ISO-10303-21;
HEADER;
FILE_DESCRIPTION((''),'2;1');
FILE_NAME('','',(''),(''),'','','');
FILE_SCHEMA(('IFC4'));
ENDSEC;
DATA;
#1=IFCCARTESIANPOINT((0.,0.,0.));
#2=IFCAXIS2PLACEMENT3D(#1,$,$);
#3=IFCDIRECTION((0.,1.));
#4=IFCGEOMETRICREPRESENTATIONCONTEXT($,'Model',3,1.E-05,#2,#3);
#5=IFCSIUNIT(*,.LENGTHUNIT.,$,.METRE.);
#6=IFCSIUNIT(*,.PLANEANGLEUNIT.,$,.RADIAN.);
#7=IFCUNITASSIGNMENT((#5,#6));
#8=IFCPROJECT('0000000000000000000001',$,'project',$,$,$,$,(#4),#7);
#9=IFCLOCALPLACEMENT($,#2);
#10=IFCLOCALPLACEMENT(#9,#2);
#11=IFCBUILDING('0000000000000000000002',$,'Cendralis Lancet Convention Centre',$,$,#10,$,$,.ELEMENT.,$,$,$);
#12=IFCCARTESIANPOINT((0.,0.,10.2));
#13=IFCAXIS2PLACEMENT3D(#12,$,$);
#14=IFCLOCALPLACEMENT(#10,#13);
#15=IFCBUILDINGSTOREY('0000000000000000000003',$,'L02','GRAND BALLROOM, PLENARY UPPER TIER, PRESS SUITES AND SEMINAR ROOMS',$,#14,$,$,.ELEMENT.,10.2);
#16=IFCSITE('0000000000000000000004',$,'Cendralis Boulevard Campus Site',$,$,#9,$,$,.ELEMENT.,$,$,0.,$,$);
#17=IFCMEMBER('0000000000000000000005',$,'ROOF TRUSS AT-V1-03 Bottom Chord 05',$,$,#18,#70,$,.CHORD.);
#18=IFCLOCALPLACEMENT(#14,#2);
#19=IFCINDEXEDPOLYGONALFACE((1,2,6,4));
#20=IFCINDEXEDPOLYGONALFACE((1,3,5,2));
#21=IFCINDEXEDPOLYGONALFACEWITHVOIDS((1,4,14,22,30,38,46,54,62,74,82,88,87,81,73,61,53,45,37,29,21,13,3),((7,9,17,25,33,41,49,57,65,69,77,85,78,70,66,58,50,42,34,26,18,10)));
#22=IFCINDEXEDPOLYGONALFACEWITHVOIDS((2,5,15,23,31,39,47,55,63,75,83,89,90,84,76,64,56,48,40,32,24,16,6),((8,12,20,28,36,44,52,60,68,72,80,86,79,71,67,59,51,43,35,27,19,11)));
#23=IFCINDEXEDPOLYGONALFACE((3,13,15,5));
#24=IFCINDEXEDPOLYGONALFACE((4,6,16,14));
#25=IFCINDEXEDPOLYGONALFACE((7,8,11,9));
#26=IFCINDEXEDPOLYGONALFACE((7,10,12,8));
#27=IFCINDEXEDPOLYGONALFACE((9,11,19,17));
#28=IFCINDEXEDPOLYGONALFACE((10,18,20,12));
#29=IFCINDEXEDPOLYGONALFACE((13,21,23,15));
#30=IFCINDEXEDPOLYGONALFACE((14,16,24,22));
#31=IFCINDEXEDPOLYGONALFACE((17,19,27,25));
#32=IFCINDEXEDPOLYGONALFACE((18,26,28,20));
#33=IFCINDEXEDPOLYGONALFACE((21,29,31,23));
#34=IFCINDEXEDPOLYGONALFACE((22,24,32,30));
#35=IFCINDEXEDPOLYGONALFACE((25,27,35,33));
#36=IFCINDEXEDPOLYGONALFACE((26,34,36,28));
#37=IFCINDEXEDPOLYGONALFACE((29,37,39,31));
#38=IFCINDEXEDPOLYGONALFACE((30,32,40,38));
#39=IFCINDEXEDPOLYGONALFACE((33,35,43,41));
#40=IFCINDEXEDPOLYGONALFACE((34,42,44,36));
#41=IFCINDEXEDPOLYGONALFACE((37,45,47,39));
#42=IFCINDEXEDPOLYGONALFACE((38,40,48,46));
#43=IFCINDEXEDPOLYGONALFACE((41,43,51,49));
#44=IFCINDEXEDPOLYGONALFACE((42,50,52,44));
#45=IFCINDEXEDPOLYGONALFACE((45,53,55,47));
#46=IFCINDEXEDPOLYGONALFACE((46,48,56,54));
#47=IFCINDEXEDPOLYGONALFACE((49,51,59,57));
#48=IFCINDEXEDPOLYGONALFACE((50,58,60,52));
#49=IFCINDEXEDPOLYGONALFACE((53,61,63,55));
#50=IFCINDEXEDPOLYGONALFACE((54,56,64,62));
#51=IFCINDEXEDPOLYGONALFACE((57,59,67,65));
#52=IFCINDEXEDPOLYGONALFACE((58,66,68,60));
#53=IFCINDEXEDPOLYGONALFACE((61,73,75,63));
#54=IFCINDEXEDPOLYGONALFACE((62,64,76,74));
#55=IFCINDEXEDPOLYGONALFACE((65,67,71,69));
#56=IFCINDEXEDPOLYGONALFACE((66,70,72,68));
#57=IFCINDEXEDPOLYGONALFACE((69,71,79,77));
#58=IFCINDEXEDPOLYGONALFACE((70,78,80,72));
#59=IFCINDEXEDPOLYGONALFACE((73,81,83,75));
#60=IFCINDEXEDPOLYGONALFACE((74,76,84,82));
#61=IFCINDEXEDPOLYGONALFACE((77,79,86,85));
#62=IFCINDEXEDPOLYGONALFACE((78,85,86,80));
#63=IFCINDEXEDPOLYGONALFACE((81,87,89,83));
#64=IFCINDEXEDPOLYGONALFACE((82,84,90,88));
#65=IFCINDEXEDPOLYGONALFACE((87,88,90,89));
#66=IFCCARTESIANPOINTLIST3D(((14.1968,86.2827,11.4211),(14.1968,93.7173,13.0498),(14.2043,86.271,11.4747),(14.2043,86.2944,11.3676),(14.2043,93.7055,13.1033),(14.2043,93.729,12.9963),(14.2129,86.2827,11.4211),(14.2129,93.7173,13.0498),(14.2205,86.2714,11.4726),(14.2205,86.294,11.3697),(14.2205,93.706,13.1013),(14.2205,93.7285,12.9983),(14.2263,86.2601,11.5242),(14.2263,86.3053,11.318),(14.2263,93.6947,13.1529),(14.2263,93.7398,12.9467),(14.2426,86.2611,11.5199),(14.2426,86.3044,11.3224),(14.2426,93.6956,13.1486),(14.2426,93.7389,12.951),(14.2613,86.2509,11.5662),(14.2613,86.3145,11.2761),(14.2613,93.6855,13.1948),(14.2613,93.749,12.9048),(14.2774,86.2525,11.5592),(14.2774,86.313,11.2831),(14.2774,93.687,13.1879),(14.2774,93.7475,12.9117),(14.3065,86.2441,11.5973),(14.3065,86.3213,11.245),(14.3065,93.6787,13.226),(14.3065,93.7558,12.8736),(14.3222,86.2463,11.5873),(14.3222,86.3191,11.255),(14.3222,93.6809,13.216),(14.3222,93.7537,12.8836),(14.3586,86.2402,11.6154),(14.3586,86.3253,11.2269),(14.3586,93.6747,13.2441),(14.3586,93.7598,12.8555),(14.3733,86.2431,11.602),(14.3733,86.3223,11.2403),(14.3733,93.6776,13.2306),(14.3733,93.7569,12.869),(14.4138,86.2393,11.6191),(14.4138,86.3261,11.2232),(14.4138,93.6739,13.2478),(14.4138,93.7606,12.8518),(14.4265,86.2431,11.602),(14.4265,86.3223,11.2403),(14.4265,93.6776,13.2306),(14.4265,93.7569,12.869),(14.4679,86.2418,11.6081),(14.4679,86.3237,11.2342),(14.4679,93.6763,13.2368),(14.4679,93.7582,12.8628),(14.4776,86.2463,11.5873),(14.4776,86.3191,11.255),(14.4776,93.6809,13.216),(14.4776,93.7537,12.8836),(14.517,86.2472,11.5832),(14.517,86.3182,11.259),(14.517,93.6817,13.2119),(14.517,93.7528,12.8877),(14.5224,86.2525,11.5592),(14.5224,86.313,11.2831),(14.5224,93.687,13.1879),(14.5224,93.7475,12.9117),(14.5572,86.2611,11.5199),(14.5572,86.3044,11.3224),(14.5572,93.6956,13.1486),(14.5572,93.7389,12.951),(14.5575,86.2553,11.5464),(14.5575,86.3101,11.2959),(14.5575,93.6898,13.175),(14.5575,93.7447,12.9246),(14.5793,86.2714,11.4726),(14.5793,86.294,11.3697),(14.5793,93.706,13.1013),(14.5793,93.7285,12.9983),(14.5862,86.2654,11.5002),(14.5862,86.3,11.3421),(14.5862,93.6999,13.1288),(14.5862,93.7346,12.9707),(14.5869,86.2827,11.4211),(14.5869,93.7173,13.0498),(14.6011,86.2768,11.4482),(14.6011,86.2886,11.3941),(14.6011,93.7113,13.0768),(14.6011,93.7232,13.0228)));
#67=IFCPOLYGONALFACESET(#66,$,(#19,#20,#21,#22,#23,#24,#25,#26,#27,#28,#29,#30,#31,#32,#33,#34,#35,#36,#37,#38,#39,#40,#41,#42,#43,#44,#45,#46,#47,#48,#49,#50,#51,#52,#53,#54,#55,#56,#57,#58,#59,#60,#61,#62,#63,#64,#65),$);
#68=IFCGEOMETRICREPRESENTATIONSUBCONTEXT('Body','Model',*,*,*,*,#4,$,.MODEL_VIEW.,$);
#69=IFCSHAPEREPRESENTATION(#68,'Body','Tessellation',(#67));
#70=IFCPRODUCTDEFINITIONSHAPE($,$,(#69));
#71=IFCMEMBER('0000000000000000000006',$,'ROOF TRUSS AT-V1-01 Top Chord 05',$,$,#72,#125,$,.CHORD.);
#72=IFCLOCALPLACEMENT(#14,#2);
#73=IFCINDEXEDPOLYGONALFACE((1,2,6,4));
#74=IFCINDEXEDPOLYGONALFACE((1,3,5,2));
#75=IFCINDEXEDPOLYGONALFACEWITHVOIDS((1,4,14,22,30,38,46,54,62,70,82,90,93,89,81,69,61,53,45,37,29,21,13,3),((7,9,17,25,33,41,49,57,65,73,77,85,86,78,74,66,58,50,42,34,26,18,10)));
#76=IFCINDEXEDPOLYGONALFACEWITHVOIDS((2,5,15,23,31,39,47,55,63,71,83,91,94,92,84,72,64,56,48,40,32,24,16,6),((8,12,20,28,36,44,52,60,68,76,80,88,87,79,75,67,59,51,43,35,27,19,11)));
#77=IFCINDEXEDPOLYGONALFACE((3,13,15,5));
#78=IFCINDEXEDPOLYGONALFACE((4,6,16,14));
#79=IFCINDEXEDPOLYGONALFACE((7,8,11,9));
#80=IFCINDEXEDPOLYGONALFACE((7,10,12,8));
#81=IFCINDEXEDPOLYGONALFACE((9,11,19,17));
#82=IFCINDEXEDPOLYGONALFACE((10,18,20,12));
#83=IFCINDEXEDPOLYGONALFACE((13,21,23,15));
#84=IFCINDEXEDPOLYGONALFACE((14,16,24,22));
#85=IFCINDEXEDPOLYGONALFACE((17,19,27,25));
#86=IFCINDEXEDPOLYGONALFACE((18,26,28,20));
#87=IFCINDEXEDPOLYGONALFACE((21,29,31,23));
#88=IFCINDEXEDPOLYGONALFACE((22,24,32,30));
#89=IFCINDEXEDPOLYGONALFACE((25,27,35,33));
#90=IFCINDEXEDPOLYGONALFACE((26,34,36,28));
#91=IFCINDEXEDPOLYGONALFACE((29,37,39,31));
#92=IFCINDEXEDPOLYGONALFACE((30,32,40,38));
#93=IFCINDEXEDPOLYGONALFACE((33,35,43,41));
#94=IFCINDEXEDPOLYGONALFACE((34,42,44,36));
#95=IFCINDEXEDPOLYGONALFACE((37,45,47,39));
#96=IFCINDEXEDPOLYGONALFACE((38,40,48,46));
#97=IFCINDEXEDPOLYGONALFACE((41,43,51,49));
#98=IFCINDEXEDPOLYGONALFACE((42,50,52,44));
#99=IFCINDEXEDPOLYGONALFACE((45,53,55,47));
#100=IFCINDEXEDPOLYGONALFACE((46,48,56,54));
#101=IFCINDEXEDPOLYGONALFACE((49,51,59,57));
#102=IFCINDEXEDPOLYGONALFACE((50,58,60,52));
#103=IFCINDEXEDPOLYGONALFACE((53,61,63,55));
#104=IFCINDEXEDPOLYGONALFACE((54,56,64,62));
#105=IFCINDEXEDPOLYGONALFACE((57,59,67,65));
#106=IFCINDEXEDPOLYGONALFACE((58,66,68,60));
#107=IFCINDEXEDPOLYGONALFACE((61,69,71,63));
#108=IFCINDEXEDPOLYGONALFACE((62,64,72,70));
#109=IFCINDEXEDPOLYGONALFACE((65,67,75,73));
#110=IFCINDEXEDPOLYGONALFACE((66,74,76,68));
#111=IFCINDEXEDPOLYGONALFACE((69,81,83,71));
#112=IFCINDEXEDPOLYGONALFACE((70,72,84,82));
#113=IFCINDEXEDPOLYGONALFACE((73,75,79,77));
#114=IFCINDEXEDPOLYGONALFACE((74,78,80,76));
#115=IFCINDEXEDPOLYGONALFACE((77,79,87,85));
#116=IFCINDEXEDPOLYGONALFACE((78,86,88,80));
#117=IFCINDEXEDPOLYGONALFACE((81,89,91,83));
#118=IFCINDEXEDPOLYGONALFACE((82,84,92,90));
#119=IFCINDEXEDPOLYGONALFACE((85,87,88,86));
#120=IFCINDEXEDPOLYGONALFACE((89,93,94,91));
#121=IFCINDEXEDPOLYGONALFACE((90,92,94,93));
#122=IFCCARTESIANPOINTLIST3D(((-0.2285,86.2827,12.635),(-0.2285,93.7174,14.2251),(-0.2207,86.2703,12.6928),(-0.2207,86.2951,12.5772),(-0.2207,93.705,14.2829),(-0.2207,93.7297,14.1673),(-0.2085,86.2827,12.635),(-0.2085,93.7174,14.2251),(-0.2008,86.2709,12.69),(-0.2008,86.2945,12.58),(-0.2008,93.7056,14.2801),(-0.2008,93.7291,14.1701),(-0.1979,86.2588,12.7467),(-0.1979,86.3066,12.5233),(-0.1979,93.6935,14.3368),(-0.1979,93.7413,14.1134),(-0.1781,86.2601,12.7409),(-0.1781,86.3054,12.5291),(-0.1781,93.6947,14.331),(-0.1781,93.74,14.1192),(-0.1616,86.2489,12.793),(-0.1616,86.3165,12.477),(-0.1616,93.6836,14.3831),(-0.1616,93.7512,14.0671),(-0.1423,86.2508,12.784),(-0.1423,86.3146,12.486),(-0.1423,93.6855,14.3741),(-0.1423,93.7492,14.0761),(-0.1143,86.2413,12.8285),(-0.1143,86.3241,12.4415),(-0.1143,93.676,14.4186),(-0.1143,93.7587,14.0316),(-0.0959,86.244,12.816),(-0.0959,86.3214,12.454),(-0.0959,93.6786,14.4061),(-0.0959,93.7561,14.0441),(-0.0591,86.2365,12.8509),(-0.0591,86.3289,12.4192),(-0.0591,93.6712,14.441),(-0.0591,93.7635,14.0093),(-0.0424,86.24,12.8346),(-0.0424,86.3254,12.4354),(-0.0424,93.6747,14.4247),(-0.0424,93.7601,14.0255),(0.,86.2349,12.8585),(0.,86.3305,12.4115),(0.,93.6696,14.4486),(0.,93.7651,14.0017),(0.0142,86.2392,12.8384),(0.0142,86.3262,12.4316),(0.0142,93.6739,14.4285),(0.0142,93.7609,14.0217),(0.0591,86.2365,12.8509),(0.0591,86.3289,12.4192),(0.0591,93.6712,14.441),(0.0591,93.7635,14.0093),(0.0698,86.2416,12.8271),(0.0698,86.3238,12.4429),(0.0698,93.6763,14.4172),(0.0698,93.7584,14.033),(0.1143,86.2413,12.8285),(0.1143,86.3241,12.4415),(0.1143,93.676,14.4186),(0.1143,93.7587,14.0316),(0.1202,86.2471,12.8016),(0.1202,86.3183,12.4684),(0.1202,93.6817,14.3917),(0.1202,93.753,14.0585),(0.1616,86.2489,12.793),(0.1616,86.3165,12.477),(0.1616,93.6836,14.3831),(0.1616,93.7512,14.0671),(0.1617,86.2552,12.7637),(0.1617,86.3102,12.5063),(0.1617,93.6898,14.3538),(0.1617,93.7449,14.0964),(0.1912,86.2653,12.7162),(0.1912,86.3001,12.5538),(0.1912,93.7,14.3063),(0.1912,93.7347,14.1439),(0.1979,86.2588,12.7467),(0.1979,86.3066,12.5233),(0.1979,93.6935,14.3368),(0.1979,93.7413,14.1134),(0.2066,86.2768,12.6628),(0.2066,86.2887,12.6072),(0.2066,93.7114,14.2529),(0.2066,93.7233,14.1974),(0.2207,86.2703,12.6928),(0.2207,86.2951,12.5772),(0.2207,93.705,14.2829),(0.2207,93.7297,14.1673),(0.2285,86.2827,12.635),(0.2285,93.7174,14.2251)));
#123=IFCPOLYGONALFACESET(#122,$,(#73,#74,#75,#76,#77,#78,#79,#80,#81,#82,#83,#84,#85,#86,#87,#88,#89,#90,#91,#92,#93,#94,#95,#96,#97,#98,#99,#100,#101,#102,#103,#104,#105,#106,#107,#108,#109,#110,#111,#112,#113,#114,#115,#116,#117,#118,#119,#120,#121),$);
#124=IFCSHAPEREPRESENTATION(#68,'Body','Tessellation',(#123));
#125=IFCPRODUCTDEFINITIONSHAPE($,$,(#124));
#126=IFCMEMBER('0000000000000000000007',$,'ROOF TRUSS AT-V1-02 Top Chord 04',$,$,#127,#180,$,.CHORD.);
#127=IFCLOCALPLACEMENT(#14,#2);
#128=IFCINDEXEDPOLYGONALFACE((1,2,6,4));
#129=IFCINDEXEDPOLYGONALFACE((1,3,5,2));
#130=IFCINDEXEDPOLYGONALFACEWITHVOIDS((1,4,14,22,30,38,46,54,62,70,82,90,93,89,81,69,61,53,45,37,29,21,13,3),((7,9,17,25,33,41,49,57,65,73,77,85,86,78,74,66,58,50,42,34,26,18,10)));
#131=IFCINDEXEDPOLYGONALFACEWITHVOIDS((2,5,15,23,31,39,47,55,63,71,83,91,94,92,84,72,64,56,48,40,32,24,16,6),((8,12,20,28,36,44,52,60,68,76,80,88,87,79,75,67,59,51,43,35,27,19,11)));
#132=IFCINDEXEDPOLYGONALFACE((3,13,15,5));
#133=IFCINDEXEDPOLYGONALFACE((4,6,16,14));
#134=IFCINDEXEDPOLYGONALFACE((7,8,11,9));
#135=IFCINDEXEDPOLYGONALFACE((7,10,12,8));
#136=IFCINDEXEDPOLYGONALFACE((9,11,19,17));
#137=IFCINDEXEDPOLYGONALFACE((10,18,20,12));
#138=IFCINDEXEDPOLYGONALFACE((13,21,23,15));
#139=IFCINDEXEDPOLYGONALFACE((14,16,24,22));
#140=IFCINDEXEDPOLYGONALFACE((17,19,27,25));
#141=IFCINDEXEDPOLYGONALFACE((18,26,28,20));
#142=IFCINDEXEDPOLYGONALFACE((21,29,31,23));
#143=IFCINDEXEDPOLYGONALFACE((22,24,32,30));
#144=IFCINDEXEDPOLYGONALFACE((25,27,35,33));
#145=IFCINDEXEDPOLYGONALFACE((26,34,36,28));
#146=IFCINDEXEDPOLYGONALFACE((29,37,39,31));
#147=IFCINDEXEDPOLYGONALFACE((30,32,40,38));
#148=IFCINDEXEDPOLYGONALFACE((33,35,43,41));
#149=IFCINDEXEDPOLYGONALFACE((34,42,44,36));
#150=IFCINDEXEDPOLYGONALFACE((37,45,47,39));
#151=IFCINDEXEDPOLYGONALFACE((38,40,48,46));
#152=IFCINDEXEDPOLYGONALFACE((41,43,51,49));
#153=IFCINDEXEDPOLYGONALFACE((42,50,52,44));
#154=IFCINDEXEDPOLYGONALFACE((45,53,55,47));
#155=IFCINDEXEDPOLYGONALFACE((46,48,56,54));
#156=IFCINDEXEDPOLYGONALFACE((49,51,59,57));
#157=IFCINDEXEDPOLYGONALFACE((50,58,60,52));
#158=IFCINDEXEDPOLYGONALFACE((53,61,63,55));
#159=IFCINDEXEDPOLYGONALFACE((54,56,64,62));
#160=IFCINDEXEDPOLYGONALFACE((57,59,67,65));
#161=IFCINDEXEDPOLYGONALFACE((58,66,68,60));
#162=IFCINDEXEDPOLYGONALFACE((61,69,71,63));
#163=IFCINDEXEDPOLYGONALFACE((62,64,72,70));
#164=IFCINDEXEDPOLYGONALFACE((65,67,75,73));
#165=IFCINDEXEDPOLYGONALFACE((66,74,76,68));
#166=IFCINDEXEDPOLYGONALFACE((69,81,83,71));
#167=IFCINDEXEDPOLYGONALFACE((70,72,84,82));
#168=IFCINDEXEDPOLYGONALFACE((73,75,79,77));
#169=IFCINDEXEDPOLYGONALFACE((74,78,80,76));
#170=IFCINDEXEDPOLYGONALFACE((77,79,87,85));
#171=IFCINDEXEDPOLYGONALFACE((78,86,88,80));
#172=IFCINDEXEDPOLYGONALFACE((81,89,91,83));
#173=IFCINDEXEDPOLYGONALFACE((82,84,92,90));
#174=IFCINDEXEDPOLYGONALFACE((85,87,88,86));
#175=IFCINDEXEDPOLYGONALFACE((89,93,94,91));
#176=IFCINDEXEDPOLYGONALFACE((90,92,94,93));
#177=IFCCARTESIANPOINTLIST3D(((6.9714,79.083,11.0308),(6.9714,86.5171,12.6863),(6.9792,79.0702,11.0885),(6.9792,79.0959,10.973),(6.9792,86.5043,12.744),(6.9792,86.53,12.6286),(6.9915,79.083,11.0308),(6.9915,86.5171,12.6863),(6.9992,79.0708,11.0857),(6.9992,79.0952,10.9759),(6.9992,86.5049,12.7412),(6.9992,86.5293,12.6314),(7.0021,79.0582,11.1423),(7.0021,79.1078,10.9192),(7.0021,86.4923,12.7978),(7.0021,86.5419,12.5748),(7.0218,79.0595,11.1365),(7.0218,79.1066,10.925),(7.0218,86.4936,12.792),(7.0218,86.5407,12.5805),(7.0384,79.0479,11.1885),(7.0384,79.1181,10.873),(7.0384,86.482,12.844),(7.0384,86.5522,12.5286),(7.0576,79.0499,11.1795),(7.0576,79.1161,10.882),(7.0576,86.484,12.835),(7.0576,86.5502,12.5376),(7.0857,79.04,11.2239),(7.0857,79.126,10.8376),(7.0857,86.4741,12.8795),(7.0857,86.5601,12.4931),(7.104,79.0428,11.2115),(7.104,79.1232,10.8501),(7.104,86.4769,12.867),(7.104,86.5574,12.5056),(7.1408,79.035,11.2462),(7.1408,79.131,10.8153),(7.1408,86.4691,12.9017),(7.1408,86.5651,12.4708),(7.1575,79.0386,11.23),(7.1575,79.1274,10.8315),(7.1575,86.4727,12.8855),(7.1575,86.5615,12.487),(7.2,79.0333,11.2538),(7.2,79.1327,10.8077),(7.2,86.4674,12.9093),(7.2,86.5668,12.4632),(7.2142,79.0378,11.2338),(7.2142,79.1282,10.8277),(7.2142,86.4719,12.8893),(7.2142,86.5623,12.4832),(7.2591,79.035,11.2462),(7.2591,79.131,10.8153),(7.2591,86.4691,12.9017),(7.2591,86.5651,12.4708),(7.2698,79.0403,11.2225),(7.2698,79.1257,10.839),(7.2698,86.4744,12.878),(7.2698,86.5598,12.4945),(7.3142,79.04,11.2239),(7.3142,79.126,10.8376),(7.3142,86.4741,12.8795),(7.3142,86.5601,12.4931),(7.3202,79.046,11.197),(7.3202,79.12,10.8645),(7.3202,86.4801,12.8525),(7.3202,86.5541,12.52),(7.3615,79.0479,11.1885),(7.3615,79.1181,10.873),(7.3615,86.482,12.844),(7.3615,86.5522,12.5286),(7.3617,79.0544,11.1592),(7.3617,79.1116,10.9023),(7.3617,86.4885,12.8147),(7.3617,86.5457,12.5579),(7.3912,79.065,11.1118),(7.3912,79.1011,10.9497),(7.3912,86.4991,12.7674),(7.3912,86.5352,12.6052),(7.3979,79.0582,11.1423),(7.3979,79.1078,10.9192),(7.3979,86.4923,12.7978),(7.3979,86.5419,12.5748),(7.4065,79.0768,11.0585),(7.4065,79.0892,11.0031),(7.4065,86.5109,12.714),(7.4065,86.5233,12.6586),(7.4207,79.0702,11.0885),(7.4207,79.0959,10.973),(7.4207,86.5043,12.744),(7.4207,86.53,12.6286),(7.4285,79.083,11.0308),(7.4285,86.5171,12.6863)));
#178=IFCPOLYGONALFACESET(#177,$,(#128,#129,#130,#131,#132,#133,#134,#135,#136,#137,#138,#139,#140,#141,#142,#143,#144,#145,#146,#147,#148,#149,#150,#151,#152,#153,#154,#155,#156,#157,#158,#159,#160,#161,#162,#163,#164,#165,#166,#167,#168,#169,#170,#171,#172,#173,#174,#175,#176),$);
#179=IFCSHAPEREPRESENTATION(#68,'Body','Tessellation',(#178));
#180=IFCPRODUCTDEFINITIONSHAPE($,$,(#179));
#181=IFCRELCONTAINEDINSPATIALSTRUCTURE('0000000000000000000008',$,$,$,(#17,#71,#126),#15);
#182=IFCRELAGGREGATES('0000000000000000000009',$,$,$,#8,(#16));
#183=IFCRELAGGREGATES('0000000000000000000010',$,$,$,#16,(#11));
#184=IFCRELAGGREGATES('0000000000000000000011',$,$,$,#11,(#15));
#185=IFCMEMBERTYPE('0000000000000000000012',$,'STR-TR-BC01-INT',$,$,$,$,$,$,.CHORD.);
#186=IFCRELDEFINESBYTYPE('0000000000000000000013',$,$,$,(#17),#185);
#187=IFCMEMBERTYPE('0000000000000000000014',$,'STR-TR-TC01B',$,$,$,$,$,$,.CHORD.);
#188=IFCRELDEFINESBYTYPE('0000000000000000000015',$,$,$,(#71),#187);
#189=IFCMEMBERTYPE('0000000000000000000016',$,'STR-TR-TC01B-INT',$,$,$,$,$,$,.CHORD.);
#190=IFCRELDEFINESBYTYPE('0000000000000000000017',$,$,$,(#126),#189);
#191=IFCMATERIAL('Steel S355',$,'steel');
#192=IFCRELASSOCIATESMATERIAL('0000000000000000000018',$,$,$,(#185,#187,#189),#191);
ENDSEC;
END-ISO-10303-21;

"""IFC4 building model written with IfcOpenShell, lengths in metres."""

from ifc_helpers import new_model, si_unit, direction, frame, origin, origin_2d, place, context, subcontext, project, spatial, hollow_circle, extrude, material, material_profile, profile_set, type_object, element, save


model = new_model("IFC4")

# Units and contexts
model_context = context("Model", 3, precision=1e-05, world=origin(), true_north=direction((0.0, 1.0)))
body_context = subcontext(model_context, "Body", "Model", "MODEL_VIEW")
ifc_project = project(units=[si_unit("LENGTHUNIT", "METRE"), si_unit("PLANEANGLEUNIT", "RADIAN")], contexts=[model_context])

# Site, building, storey
site_placement = place(None, origin())
site = spatial("IfcSite", under=ifc_project, at=site_placement, Name="Cendralis Boulevard Campus Site", CompositionType="ELEMENT", RefElevation=0.0)
building_placement = place(site_placement, origin())
building = spatial("IfcBuilding", under=site, at=building_placement, Name="Cendralis Lancet Convention Centre", CompositionType="ELEMENT")
storey_placement = place(building_placement, frame((0.0, 0.0, 10.2)))
storey = spatial("IfcBuildingStorey", under=building, at=storey_placement, Name="L02", Description="GRAND BALLROOM, PLENARY UPPER TIER, PRESS SUITES AND SEMINAR ROOMS", CompositionType="ELEMENT", Elevation=10.2)

# Members
ifc_material = material(Name="Steel S355", Category="steel")
ifc_material_profile_1 = material_profile(ifc_material, hollow_circle(Radius=0.2031, WallThickness=0.0161, at=origin_2d()), Name="CHS 406.4x16.0")
ifc_profile_set_1 = profile_set([ifc_material_profile_1], Name="Steel S355")
member_type_1 = type_object("IfcMemberType", Name="STR-TR-BC01-INT", PredefinedType="CHORD", material=ifc_profile_set_1)
member_1_placement = place(storey_placement, frame((14.3999, 86.2827, 11.4211), z_axis=(0.0, 0.976836, 0.213992), x_axis=(-1.0, 0.0, 0.0)))
element("IfcMember", 1, at=member_1_placement, inside=storey, type_object=member_type_1, Name="ROOF TRUSS AT-V1-03 Bottom Chord 05", PredefinedType="CHORD", context=body_context, shape_type="SweptSolid", body=[
    extrude(hollow_circle(Radius=0.2031, WallThickness=0.0161, at=origin_2d()), origin(), (0.0, 0.0, 1.0), 7.6108),
])
ifc_material_profile_2 = material_profile(ifc_material, hollow_circle(Radius=0.2285, WallThickness=0.02, at=origin_2d()), Name="CHS 457.0x20.0")
ifc_profile_set_2 = profile_set([ifc_material_profile_2], Name="Steel S355")
member_type_2 = type_object("IfcMemberType", Name="STR-TR-TC01B", PredefinedType="CHORD", material=ifc_profile_set_2)
member_2_placement = place(storey_placement, frame((0.0, 86.2827, 12.635), z_axis=(0.0, 0.977884, 0.209147), x_axis=(-1.0, 0.0, 0.0)))
element("IfcMember", 2, at=member_2_placement, inside=storey, type_object=member_type_2, Name="ROOF TRUSS AT-V1-01 Top Chord 05", PredefinedType="CHORD", context=body_context, shape_type="SweptSolid", body=[
    extrude(hollow_circle(Radius=0.2285, WallThickness=0.02, at=origin_2d()), origin(), (0.0, 0.0, 1.0), 7.6028),
])
ifc_material_profile_3 = material_profile(ifc_material, hollow_circle(Radius=0.2285, WallThickness=0.02, at=origin_2d()), Name="CHS 457.0x20.0")
ifc_profile_set_3 = profile_set([ifc_material_profile_3], Name="Steel S355")
member_type_3 = type_object("IfcMemberType", Name="STR-TR-TC01B-INT", PredefinedType="CHORD", material=ifc_profile_set_3)
member_3_placement = place(storey_placement, frame((7.2, 79.083, 11.0308), z_axis=(0.0, 0.97609, 0.217368), x_axis=(-1.0, 0.0, 0.0)))
element("IfcMember", 3, at=member_3_placement, inside=storey, type_object=member_type_3, Name="ROOF TRUSS AT-V1-02 Top Chord 04", PredefinedType="CHORD", context=body_context, shape_type="SweptSolid", body=[
    extrude(hollow_circle(Radius=0.2285, WallThickness=0.02, at=origin_2d()), origin(), (0.0, 0.0, 1.0), 7.6162),
])

save(model, "model.ifc")
